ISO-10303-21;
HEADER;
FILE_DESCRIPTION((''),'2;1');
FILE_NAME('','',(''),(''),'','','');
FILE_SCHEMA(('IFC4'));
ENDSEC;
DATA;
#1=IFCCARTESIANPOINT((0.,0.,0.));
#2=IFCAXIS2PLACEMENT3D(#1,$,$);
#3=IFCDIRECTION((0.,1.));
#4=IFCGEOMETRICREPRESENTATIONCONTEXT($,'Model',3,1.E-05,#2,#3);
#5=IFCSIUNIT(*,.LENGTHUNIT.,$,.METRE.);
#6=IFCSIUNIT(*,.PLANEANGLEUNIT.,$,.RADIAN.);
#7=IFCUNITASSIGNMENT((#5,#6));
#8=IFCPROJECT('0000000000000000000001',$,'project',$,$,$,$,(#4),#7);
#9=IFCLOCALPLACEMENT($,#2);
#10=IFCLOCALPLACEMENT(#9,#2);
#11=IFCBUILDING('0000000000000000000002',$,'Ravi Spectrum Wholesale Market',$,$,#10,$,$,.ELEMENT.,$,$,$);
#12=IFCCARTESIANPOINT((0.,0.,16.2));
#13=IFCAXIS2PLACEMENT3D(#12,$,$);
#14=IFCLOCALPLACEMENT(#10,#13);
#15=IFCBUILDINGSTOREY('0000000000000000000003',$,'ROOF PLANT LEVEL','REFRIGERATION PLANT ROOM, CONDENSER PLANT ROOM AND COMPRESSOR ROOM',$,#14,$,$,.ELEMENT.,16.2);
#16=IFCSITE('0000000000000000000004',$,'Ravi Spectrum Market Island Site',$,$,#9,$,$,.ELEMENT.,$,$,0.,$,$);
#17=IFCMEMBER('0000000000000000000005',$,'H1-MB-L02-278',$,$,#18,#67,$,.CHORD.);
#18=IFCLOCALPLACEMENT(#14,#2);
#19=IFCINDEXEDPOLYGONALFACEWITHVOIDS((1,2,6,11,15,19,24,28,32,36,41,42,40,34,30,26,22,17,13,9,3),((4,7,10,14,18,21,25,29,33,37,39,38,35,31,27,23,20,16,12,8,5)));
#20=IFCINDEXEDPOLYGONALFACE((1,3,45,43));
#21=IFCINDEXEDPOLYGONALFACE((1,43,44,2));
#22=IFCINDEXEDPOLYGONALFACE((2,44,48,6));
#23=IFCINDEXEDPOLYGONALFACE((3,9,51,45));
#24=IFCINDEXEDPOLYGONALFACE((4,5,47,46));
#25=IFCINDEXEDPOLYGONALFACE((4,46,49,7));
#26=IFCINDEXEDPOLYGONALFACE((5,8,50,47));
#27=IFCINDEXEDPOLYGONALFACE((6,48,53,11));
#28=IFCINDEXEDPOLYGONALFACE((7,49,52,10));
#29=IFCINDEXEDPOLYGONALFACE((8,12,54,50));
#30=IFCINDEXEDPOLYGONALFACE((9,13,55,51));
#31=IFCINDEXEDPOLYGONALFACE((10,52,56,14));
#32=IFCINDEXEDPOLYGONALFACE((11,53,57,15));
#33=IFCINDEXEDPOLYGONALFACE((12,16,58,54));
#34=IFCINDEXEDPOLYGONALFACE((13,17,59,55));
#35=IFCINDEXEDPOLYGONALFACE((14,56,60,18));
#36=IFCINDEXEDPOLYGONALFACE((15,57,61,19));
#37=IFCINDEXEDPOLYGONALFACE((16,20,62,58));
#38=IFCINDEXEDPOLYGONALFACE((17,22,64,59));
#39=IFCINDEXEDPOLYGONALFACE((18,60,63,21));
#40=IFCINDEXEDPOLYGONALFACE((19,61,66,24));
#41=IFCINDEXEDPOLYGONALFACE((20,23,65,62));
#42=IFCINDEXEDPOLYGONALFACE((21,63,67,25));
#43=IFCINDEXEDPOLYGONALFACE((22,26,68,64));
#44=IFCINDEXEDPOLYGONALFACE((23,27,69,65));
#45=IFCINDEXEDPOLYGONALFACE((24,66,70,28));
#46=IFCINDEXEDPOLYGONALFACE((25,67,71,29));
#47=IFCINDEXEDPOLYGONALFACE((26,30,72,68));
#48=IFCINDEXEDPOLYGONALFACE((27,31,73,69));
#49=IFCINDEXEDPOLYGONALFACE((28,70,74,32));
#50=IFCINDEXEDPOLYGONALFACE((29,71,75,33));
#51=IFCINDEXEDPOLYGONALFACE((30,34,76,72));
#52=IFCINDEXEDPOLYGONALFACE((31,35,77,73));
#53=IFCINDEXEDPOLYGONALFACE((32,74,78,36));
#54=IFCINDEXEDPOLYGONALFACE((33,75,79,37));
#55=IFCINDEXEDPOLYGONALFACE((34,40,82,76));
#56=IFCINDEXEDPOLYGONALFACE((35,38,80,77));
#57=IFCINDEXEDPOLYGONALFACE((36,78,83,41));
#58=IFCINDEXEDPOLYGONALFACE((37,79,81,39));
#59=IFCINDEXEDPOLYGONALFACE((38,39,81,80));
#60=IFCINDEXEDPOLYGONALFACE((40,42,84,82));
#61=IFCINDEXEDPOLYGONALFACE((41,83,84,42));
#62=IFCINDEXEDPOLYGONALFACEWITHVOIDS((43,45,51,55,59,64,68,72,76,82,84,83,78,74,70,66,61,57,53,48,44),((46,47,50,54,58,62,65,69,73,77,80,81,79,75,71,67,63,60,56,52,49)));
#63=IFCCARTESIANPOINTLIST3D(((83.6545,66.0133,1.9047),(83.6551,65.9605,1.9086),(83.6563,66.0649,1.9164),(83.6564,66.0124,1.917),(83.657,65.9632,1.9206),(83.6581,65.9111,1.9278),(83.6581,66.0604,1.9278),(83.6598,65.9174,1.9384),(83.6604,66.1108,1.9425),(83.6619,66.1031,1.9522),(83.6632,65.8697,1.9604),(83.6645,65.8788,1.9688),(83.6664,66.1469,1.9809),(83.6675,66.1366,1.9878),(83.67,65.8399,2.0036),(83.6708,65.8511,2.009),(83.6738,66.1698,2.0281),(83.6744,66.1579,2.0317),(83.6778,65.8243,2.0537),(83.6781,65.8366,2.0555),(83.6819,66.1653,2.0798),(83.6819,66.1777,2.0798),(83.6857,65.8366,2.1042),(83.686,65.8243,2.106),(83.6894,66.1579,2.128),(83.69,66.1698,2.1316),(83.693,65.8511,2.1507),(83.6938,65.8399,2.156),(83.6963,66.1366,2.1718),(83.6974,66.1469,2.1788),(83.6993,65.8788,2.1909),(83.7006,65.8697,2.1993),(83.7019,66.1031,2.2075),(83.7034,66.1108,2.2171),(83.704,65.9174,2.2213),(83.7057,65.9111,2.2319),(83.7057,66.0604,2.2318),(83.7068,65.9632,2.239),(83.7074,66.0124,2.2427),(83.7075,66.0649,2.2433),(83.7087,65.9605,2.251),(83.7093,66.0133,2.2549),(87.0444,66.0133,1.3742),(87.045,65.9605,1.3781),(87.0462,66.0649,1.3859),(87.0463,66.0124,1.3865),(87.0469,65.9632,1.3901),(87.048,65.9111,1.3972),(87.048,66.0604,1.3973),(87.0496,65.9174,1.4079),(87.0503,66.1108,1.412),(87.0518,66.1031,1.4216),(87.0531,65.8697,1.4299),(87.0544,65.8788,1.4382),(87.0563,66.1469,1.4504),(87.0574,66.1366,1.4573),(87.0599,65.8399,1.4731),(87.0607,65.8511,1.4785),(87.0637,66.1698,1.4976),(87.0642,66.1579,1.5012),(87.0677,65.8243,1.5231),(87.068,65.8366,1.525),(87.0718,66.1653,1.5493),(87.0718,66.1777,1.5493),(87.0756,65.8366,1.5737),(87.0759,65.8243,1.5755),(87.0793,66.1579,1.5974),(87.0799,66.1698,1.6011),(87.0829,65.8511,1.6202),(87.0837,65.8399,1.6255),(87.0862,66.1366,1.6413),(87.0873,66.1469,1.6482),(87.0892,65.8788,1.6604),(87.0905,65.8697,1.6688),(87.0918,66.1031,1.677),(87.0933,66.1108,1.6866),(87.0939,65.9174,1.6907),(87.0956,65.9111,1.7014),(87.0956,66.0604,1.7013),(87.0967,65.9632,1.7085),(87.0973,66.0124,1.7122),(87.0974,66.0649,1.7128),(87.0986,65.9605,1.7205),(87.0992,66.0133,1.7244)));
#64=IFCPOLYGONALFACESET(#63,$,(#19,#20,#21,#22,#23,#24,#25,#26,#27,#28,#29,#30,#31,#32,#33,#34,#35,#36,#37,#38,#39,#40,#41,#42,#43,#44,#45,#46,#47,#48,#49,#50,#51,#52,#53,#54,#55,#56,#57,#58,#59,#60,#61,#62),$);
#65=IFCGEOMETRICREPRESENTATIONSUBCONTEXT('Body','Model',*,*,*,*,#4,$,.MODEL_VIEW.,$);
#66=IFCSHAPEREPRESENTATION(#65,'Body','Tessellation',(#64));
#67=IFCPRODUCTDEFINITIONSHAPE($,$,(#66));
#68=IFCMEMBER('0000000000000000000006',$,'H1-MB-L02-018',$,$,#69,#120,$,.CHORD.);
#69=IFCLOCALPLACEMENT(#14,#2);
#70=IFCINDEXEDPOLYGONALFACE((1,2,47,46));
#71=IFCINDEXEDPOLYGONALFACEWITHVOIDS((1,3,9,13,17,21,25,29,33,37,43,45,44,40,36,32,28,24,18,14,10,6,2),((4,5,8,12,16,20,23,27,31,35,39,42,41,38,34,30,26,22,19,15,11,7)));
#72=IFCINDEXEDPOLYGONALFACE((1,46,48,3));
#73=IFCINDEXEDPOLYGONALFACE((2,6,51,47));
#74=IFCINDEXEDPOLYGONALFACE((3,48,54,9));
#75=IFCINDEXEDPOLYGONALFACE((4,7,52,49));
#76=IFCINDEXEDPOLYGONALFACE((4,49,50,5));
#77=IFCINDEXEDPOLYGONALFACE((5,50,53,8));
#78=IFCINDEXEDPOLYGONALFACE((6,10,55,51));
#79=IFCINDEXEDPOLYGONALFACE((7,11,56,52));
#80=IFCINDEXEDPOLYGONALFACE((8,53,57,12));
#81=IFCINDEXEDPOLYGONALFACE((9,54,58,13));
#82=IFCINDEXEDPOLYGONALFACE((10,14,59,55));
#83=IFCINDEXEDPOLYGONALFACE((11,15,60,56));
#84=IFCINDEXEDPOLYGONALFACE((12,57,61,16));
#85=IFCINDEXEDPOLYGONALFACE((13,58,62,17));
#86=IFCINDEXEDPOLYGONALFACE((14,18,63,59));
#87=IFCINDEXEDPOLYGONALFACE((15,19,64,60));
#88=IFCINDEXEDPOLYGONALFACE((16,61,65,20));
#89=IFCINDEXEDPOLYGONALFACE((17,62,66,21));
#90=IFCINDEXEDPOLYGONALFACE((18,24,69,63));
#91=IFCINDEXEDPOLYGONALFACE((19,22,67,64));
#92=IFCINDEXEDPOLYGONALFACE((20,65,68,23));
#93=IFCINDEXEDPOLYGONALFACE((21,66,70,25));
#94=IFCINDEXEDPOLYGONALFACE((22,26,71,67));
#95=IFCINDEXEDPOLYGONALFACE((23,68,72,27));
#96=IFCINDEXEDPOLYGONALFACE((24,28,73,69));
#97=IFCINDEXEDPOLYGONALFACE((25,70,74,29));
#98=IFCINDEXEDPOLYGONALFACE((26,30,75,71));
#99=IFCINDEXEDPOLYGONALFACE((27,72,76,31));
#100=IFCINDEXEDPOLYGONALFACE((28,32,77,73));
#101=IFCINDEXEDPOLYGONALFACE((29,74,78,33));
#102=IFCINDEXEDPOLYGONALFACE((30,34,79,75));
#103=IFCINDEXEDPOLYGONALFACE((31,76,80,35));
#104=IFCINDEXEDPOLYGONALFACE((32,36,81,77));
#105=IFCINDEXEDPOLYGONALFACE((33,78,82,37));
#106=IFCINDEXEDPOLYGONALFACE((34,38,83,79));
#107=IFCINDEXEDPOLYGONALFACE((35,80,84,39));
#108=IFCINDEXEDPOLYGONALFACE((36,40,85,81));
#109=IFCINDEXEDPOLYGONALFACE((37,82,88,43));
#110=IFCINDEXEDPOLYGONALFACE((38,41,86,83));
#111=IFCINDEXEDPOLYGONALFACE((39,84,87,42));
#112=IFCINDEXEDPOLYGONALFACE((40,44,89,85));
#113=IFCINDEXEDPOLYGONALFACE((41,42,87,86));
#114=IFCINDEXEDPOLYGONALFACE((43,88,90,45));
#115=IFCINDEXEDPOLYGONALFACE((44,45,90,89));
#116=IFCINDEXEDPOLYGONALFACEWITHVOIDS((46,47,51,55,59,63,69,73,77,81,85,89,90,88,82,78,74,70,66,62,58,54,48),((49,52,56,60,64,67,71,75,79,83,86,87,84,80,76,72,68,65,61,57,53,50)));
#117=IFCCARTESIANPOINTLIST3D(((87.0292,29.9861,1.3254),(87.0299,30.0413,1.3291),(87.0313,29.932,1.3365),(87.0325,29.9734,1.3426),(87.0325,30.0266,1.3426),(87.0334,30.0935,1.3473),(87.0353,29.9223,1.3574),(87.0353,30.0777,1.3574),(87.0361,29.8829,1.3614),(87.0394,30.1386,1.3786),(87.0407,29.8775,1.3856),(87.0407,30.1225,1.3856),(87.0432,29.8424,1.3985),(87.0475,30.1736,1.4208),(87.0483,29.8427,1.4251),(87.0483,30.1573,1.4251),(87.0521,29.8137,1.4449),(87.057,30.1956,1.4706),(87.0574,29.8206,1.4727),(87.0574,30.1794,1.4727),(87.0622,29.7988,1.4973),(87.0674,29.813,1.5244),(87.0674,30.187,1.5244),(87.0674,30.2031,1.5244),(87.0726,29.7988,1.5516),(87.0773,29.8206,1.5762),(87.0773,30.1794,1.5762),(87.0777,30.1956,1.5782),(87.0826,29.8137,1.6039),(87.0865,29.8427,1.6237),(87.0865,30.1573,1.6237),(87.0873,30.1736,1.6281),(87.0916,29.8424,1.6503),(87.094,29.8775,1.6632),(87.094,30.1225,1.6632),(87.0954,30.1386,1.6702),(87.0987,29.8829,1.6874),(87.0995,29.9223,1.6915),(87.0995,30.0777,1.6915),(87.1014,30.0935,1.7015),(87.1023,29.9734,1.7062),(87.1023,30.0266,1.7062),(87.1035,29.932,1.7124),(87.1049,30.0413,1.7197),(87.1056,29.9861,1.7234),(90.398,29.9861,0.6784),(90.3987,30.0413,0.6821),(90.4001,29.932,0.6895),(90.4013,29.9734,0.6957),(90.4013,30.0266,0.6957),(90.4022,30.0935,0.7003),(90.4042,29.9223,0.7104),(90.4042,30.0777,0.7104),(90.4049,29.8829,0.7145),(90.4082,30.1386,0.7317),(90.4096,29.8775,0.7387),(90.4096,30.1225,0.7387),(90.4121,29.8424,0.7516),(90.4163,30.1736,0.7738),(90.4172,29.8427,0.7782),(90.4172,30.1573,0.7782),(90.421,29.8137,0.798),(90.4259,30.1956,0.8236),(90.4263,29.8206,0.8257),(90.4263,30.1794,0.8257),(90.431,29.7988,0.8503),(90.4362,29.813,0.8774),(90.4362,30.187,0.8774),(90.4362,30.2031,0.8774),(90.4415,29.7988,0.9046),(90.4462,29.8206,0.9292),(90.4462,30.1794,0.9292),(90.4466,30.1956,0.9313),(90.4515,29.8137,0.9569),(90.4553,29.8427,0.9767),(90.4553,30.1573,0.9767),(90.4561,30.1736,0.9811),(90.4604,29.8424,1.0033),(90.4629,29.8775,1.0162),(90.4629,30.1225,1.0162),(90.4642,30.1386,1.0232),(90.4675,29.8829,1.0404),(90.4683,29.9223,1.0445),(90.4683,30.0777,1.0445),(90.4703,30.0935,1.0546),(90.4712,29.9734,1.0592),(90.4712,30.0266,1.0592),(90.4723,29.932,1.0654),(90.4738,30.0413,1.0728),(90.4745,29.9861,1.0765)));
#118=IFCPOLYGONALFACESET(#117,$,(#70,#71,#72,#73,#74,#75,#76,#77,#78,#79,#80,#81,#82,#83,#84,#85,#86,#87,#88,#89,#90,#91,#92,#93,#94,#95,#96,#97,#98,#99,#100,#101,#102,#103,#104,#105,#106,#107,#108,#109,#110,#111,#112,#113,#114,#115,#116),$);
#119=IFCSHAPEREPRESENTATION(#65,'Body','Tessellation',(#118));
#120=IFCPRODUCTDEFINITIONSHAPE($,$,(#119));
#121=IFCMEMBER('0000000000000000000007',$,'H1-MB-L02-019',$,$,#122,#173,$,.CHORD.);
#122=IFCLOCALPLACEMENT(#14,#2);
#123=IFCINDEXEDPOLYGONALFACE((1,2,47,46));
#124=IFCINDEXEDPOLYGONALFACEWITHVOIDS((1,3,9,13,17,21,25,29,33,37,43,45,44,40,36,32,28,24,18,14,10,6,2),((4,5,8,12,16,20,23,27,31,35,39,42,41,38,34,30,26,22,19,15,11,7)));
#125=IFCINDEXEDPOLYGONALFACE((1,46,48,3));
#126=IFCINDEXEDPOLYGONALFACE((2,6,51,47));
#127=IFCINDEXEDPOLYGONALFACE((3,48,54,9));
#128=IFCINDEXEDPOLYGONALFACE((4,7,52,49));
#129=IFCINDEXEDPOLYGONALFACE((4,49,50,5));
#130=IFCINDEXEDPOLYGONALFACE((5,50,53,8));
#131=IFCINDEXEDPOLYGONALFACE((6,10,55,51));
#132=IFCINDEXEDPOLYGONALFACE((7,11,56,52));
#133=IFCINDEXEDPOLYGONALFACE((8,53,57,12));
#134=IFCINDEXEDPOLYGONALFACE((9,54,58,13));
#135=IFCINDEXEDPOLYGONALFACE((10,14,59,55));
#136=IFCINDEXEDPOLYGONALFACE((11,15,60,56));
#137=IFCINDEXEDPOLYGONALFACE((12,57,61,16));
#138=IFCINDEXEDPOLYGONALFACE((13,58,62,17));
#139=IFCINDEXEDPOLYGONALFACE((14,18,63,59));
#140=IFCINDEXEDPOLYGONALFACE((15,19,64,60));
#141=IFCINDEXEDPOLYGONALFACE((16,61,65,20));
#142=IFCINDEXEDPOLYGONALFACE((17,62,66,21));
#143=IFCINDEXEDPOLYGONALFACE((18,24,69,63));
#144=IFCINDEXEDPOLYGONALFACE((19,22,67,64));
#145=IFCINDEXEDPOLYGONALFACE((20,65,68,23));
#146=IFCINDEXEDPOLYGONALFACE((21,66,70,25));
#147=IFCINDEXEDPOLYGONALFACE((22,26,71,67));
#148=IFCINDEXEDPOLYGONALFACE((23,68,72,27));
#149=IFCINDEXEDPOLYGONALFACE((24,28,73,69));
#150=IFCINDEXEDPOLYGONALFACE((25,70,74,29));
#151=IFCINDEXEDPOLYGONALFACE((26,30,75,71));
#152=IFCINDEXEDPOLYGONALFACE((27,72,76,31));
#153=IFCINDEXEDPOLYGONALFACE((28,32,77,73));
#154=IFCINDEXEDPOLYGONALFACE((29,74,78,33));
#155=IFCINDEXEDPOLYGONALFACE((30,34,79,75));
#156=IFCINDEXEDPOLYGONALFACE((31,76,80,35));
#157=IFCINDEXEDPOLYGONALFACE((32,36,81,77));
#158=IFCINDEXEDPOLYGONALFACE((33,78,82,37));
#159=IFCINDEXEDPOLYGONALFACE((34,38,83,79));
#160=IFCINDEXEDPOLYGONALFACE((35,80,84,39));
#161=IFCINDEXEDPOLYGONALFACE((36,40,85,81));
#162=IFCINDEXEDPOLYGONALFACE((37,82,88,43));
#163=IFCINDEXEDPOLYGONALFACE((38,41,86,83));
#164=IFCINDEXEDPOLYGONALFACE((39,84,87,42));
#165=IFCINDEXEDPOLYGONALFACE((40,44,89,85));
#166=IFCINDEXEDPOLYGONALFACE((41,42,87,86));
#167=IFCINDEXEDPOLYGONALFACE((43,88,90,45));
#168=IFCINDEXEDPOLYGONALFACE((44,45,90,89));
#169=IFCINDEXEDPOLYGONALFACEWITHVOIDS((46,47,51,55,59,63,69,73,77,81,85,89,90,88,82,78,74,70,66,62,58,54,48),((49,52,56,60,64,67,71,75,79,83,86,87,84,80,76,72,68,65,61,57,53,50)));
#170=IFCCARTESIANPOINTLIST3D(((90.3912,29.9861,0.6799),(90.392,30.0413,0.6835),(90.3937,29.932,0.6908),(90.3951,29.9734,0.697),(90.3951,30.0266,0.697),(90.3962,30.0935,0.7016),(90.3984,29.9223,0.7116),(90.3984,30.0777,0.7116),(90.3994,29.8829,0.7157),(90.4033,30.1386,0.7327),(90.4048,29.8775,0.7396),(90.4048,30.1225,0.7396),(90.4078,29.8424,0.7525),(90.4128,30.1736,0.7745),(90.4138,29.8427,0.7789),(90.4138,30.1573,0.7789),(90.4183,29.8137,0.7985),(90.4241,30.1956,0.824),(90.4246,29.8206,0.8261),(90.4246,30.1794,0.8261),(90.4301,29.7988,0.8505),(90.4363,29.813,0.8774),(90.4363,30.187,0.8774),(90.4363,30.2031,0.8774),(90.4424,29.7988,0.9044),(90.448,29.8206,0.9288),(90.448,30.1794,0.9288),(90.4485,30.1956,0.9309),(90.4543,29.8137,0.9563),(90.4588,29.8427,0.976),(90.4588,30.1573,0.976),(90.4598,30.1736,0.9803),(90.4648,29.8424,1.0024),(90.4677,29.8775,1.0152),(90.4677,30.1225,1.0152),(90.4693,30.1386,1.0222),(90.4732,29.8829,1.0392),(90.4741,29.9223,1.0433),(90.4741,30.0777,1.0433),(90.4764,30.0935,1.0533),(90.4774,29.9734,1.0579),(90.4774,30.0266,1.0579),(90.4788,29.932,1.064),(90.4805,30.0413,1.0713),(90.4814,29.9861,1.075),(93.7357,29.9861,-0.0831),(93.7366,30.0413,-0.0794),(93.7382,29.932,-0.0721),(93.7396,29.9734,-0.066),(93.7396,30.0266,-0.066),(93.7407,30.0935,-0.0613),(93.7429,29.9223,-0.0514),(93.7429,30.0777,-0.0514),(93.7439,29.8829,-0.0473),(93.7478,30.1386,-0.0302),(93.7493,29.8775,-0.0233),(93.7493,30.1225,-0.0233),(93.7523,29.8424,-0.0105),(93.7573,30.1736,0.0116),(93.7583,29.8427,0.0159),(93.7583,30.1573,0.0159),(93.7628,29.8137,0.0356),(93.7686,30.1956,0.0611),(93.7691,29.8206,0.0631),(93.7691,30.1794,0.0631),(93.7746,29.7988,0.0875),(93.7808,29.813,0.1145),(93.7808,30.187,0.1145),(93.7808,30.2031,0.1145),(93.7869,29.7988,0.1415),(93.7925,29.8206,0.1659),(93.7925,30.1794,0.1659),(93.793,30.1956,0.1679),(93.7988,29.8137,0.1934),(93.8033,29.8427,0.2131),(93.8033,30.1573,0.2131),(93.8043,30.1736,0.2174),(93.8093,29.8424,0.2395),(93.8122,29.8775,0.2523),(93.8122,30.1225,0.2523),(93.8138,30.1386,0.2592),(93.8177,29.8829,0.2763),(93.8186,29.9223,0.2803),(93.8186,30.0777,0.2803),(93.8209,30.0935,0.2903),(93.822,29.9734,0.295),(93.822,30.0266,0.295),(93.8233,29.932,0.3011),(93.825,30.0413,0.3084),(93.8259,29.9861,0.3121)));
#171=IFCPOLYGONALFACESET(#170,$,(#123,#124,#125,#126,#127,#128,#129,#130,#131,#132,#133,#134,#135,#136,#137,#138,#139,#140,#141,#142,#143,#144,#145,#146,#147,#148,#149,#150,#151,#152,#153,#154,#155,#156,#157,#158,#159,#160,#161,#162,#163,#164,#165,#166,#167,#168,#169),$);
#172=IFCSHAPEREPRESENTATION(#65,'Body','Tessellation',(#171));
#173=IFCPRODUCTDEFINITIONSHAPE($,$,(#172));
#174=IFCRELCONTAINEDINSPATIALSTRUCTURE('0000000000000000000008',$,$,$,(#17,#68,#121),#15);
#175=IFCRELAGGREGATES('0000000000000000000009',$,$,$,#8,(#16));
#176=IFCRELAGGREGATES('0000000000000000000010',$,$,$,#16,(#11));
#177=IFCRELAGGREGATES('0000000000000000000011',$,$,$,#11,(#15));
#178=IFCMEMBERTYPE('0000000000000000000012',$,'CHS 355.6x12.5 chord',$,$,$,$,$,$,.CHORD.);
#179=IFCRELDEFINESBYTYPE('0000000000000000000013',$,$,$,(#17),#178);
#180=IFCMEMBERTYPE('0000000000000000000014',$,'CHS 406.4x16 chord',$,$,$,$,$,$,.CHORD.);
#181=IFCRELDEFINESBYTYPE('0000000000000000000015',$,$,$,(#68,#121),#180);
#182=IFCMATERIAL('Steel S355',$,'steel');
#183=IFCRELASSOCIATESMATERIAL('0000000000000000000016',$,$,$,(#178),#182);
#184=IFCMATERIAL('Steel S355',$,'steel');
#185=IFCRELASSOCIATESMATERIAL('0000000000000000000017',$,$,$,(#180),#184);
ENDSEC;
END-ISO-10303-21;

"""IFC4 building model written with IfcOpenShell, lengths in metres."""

from ifc_helpers import new_model, si_unit, direction, frame, origin, origin_2d, place, context, subcontext, project, spatial, hollow_circle, extrude, material, material_profile, profile_set, type_object, element, save


model = new_model("IFC4")

# Units and contexts
model_context = context("Model", 3, precision=1e-05, world=origin(), true_north=direction((0.0, 1.0)))
body_context = subcontext(model_context, "Body", "Model", "MODEL_VIEW")
ifc_project = project(units=[si_unit("LENGTHUNIT", "METRE"), si_unit("PLANEANGLEUNIT", "RADIAN")], contexts=[model_context])

# Site, building, storey
site_placement = place(None, origin())
site = spatial("IfcSite", under=ifc_project, at=site_placement, Name="Ravi Spectrum Market Island Site", CompositionType="ELEMENT", RefElevation=0.0)
building_placement = place(site_placement, origin())
building = spatial("IfcBuilding", under=site, at=building_placement, Name="Ravi Spectrum Wholesale Market", CompositionType="ELEMENT")
storey_placement = place(building_placement, frame((0.0, 0.0, 16.2)))
storey = spatial("IfcBuildingStorey", under=building, at=storey_placement, Name="ROOF PLANT LEVEL", Description="REFRIGERATION PLANT ROOM, CONDENSER PLANT ROOM AND COMPRESSOR ROOM", CompositionType="ELEMENT", Elevation=16.2)

# Members
ifc_material_1 = material(Name="Steel S355", Category="steel")
ifc_material_profile_1 = material_profile(ifc_material_1, hollow_circle(Radius=0.1777, WallThickness=0.0125, at=origin_2d()))
ifc_profile_set_1 = profile_set([ifc_material_profile_1], Name="Steel S355")
member_type_1 = type_object("IfcMemberType", Name="CHS 355.6x12.5 chord", PredefinedType="CHORD", material=ifc_profile_set_1)
member_1_placement = place(storey_placement, frame((83.6819, 66.0, 2.0798), z_axis=(0.987974, 0.0, -0.154618), x_axis=(0.0, 1.0, 0.0)))
element("IfcMember", 1, at=member_1_placement, inside=storey, type_object=member_type_1, Name="H1-MB-L02-278", PredefinedType="CHORD", context=body_context, shape_type="SweptSolid", body=[
    extrude(hollow_circle(Radius=0.1777, WallThickness=0.0125, at=origin_2d()), origin(), (0.0, 0.0, 1.0), 3.4312),
])
ifc_material_2 = material(Name="Steel S355", Category="steel")
ifc_material_profile_2 = material_profile(ifc_material_2, hollow_circle(Radius=0.2031, WallThickness=0.0161, at=origin_2d()))
ifc_profile_set_2 = profile_set([ifc_material_profile_2], Name="Steel S355")
member_type_2 = type_object("IfcMemberType", Name="CHS 406.4x16 chord", PredefinedType="CHORD", material=ifc_profile_set_2)
for number, where, z_axis, x_axis, name in (
    (2, (87.0674, 30.0, 1.5244), (0.982055, 0.0, -0.188597), (0.0, 1.0, 0.0), "H1-MB-L02-018"),
    (3, (90.4363, 30.0, 0.8774), (0.974954, 0.0, -0.222405), (0.0, 1.0, 0.0), "H1-MB-L02-019"),
):
    element("IfcMember", number, at=place(storey_placement, frame(where, z_axis=z_axis, x_axis=x_axis)), inside=storey, type_object=member_type_2, Name=name, PredefinedType="CHORD", context=body_context, shape_type="SweptSolid", body=[
        extrude(hollow_circle(Radius=0.2031, WallThickness=0.0161, at=origin_2d()), origin(), (0.0, 0.0, 1.0), 3.4304),
    ])

save(model, "model.ifc")
